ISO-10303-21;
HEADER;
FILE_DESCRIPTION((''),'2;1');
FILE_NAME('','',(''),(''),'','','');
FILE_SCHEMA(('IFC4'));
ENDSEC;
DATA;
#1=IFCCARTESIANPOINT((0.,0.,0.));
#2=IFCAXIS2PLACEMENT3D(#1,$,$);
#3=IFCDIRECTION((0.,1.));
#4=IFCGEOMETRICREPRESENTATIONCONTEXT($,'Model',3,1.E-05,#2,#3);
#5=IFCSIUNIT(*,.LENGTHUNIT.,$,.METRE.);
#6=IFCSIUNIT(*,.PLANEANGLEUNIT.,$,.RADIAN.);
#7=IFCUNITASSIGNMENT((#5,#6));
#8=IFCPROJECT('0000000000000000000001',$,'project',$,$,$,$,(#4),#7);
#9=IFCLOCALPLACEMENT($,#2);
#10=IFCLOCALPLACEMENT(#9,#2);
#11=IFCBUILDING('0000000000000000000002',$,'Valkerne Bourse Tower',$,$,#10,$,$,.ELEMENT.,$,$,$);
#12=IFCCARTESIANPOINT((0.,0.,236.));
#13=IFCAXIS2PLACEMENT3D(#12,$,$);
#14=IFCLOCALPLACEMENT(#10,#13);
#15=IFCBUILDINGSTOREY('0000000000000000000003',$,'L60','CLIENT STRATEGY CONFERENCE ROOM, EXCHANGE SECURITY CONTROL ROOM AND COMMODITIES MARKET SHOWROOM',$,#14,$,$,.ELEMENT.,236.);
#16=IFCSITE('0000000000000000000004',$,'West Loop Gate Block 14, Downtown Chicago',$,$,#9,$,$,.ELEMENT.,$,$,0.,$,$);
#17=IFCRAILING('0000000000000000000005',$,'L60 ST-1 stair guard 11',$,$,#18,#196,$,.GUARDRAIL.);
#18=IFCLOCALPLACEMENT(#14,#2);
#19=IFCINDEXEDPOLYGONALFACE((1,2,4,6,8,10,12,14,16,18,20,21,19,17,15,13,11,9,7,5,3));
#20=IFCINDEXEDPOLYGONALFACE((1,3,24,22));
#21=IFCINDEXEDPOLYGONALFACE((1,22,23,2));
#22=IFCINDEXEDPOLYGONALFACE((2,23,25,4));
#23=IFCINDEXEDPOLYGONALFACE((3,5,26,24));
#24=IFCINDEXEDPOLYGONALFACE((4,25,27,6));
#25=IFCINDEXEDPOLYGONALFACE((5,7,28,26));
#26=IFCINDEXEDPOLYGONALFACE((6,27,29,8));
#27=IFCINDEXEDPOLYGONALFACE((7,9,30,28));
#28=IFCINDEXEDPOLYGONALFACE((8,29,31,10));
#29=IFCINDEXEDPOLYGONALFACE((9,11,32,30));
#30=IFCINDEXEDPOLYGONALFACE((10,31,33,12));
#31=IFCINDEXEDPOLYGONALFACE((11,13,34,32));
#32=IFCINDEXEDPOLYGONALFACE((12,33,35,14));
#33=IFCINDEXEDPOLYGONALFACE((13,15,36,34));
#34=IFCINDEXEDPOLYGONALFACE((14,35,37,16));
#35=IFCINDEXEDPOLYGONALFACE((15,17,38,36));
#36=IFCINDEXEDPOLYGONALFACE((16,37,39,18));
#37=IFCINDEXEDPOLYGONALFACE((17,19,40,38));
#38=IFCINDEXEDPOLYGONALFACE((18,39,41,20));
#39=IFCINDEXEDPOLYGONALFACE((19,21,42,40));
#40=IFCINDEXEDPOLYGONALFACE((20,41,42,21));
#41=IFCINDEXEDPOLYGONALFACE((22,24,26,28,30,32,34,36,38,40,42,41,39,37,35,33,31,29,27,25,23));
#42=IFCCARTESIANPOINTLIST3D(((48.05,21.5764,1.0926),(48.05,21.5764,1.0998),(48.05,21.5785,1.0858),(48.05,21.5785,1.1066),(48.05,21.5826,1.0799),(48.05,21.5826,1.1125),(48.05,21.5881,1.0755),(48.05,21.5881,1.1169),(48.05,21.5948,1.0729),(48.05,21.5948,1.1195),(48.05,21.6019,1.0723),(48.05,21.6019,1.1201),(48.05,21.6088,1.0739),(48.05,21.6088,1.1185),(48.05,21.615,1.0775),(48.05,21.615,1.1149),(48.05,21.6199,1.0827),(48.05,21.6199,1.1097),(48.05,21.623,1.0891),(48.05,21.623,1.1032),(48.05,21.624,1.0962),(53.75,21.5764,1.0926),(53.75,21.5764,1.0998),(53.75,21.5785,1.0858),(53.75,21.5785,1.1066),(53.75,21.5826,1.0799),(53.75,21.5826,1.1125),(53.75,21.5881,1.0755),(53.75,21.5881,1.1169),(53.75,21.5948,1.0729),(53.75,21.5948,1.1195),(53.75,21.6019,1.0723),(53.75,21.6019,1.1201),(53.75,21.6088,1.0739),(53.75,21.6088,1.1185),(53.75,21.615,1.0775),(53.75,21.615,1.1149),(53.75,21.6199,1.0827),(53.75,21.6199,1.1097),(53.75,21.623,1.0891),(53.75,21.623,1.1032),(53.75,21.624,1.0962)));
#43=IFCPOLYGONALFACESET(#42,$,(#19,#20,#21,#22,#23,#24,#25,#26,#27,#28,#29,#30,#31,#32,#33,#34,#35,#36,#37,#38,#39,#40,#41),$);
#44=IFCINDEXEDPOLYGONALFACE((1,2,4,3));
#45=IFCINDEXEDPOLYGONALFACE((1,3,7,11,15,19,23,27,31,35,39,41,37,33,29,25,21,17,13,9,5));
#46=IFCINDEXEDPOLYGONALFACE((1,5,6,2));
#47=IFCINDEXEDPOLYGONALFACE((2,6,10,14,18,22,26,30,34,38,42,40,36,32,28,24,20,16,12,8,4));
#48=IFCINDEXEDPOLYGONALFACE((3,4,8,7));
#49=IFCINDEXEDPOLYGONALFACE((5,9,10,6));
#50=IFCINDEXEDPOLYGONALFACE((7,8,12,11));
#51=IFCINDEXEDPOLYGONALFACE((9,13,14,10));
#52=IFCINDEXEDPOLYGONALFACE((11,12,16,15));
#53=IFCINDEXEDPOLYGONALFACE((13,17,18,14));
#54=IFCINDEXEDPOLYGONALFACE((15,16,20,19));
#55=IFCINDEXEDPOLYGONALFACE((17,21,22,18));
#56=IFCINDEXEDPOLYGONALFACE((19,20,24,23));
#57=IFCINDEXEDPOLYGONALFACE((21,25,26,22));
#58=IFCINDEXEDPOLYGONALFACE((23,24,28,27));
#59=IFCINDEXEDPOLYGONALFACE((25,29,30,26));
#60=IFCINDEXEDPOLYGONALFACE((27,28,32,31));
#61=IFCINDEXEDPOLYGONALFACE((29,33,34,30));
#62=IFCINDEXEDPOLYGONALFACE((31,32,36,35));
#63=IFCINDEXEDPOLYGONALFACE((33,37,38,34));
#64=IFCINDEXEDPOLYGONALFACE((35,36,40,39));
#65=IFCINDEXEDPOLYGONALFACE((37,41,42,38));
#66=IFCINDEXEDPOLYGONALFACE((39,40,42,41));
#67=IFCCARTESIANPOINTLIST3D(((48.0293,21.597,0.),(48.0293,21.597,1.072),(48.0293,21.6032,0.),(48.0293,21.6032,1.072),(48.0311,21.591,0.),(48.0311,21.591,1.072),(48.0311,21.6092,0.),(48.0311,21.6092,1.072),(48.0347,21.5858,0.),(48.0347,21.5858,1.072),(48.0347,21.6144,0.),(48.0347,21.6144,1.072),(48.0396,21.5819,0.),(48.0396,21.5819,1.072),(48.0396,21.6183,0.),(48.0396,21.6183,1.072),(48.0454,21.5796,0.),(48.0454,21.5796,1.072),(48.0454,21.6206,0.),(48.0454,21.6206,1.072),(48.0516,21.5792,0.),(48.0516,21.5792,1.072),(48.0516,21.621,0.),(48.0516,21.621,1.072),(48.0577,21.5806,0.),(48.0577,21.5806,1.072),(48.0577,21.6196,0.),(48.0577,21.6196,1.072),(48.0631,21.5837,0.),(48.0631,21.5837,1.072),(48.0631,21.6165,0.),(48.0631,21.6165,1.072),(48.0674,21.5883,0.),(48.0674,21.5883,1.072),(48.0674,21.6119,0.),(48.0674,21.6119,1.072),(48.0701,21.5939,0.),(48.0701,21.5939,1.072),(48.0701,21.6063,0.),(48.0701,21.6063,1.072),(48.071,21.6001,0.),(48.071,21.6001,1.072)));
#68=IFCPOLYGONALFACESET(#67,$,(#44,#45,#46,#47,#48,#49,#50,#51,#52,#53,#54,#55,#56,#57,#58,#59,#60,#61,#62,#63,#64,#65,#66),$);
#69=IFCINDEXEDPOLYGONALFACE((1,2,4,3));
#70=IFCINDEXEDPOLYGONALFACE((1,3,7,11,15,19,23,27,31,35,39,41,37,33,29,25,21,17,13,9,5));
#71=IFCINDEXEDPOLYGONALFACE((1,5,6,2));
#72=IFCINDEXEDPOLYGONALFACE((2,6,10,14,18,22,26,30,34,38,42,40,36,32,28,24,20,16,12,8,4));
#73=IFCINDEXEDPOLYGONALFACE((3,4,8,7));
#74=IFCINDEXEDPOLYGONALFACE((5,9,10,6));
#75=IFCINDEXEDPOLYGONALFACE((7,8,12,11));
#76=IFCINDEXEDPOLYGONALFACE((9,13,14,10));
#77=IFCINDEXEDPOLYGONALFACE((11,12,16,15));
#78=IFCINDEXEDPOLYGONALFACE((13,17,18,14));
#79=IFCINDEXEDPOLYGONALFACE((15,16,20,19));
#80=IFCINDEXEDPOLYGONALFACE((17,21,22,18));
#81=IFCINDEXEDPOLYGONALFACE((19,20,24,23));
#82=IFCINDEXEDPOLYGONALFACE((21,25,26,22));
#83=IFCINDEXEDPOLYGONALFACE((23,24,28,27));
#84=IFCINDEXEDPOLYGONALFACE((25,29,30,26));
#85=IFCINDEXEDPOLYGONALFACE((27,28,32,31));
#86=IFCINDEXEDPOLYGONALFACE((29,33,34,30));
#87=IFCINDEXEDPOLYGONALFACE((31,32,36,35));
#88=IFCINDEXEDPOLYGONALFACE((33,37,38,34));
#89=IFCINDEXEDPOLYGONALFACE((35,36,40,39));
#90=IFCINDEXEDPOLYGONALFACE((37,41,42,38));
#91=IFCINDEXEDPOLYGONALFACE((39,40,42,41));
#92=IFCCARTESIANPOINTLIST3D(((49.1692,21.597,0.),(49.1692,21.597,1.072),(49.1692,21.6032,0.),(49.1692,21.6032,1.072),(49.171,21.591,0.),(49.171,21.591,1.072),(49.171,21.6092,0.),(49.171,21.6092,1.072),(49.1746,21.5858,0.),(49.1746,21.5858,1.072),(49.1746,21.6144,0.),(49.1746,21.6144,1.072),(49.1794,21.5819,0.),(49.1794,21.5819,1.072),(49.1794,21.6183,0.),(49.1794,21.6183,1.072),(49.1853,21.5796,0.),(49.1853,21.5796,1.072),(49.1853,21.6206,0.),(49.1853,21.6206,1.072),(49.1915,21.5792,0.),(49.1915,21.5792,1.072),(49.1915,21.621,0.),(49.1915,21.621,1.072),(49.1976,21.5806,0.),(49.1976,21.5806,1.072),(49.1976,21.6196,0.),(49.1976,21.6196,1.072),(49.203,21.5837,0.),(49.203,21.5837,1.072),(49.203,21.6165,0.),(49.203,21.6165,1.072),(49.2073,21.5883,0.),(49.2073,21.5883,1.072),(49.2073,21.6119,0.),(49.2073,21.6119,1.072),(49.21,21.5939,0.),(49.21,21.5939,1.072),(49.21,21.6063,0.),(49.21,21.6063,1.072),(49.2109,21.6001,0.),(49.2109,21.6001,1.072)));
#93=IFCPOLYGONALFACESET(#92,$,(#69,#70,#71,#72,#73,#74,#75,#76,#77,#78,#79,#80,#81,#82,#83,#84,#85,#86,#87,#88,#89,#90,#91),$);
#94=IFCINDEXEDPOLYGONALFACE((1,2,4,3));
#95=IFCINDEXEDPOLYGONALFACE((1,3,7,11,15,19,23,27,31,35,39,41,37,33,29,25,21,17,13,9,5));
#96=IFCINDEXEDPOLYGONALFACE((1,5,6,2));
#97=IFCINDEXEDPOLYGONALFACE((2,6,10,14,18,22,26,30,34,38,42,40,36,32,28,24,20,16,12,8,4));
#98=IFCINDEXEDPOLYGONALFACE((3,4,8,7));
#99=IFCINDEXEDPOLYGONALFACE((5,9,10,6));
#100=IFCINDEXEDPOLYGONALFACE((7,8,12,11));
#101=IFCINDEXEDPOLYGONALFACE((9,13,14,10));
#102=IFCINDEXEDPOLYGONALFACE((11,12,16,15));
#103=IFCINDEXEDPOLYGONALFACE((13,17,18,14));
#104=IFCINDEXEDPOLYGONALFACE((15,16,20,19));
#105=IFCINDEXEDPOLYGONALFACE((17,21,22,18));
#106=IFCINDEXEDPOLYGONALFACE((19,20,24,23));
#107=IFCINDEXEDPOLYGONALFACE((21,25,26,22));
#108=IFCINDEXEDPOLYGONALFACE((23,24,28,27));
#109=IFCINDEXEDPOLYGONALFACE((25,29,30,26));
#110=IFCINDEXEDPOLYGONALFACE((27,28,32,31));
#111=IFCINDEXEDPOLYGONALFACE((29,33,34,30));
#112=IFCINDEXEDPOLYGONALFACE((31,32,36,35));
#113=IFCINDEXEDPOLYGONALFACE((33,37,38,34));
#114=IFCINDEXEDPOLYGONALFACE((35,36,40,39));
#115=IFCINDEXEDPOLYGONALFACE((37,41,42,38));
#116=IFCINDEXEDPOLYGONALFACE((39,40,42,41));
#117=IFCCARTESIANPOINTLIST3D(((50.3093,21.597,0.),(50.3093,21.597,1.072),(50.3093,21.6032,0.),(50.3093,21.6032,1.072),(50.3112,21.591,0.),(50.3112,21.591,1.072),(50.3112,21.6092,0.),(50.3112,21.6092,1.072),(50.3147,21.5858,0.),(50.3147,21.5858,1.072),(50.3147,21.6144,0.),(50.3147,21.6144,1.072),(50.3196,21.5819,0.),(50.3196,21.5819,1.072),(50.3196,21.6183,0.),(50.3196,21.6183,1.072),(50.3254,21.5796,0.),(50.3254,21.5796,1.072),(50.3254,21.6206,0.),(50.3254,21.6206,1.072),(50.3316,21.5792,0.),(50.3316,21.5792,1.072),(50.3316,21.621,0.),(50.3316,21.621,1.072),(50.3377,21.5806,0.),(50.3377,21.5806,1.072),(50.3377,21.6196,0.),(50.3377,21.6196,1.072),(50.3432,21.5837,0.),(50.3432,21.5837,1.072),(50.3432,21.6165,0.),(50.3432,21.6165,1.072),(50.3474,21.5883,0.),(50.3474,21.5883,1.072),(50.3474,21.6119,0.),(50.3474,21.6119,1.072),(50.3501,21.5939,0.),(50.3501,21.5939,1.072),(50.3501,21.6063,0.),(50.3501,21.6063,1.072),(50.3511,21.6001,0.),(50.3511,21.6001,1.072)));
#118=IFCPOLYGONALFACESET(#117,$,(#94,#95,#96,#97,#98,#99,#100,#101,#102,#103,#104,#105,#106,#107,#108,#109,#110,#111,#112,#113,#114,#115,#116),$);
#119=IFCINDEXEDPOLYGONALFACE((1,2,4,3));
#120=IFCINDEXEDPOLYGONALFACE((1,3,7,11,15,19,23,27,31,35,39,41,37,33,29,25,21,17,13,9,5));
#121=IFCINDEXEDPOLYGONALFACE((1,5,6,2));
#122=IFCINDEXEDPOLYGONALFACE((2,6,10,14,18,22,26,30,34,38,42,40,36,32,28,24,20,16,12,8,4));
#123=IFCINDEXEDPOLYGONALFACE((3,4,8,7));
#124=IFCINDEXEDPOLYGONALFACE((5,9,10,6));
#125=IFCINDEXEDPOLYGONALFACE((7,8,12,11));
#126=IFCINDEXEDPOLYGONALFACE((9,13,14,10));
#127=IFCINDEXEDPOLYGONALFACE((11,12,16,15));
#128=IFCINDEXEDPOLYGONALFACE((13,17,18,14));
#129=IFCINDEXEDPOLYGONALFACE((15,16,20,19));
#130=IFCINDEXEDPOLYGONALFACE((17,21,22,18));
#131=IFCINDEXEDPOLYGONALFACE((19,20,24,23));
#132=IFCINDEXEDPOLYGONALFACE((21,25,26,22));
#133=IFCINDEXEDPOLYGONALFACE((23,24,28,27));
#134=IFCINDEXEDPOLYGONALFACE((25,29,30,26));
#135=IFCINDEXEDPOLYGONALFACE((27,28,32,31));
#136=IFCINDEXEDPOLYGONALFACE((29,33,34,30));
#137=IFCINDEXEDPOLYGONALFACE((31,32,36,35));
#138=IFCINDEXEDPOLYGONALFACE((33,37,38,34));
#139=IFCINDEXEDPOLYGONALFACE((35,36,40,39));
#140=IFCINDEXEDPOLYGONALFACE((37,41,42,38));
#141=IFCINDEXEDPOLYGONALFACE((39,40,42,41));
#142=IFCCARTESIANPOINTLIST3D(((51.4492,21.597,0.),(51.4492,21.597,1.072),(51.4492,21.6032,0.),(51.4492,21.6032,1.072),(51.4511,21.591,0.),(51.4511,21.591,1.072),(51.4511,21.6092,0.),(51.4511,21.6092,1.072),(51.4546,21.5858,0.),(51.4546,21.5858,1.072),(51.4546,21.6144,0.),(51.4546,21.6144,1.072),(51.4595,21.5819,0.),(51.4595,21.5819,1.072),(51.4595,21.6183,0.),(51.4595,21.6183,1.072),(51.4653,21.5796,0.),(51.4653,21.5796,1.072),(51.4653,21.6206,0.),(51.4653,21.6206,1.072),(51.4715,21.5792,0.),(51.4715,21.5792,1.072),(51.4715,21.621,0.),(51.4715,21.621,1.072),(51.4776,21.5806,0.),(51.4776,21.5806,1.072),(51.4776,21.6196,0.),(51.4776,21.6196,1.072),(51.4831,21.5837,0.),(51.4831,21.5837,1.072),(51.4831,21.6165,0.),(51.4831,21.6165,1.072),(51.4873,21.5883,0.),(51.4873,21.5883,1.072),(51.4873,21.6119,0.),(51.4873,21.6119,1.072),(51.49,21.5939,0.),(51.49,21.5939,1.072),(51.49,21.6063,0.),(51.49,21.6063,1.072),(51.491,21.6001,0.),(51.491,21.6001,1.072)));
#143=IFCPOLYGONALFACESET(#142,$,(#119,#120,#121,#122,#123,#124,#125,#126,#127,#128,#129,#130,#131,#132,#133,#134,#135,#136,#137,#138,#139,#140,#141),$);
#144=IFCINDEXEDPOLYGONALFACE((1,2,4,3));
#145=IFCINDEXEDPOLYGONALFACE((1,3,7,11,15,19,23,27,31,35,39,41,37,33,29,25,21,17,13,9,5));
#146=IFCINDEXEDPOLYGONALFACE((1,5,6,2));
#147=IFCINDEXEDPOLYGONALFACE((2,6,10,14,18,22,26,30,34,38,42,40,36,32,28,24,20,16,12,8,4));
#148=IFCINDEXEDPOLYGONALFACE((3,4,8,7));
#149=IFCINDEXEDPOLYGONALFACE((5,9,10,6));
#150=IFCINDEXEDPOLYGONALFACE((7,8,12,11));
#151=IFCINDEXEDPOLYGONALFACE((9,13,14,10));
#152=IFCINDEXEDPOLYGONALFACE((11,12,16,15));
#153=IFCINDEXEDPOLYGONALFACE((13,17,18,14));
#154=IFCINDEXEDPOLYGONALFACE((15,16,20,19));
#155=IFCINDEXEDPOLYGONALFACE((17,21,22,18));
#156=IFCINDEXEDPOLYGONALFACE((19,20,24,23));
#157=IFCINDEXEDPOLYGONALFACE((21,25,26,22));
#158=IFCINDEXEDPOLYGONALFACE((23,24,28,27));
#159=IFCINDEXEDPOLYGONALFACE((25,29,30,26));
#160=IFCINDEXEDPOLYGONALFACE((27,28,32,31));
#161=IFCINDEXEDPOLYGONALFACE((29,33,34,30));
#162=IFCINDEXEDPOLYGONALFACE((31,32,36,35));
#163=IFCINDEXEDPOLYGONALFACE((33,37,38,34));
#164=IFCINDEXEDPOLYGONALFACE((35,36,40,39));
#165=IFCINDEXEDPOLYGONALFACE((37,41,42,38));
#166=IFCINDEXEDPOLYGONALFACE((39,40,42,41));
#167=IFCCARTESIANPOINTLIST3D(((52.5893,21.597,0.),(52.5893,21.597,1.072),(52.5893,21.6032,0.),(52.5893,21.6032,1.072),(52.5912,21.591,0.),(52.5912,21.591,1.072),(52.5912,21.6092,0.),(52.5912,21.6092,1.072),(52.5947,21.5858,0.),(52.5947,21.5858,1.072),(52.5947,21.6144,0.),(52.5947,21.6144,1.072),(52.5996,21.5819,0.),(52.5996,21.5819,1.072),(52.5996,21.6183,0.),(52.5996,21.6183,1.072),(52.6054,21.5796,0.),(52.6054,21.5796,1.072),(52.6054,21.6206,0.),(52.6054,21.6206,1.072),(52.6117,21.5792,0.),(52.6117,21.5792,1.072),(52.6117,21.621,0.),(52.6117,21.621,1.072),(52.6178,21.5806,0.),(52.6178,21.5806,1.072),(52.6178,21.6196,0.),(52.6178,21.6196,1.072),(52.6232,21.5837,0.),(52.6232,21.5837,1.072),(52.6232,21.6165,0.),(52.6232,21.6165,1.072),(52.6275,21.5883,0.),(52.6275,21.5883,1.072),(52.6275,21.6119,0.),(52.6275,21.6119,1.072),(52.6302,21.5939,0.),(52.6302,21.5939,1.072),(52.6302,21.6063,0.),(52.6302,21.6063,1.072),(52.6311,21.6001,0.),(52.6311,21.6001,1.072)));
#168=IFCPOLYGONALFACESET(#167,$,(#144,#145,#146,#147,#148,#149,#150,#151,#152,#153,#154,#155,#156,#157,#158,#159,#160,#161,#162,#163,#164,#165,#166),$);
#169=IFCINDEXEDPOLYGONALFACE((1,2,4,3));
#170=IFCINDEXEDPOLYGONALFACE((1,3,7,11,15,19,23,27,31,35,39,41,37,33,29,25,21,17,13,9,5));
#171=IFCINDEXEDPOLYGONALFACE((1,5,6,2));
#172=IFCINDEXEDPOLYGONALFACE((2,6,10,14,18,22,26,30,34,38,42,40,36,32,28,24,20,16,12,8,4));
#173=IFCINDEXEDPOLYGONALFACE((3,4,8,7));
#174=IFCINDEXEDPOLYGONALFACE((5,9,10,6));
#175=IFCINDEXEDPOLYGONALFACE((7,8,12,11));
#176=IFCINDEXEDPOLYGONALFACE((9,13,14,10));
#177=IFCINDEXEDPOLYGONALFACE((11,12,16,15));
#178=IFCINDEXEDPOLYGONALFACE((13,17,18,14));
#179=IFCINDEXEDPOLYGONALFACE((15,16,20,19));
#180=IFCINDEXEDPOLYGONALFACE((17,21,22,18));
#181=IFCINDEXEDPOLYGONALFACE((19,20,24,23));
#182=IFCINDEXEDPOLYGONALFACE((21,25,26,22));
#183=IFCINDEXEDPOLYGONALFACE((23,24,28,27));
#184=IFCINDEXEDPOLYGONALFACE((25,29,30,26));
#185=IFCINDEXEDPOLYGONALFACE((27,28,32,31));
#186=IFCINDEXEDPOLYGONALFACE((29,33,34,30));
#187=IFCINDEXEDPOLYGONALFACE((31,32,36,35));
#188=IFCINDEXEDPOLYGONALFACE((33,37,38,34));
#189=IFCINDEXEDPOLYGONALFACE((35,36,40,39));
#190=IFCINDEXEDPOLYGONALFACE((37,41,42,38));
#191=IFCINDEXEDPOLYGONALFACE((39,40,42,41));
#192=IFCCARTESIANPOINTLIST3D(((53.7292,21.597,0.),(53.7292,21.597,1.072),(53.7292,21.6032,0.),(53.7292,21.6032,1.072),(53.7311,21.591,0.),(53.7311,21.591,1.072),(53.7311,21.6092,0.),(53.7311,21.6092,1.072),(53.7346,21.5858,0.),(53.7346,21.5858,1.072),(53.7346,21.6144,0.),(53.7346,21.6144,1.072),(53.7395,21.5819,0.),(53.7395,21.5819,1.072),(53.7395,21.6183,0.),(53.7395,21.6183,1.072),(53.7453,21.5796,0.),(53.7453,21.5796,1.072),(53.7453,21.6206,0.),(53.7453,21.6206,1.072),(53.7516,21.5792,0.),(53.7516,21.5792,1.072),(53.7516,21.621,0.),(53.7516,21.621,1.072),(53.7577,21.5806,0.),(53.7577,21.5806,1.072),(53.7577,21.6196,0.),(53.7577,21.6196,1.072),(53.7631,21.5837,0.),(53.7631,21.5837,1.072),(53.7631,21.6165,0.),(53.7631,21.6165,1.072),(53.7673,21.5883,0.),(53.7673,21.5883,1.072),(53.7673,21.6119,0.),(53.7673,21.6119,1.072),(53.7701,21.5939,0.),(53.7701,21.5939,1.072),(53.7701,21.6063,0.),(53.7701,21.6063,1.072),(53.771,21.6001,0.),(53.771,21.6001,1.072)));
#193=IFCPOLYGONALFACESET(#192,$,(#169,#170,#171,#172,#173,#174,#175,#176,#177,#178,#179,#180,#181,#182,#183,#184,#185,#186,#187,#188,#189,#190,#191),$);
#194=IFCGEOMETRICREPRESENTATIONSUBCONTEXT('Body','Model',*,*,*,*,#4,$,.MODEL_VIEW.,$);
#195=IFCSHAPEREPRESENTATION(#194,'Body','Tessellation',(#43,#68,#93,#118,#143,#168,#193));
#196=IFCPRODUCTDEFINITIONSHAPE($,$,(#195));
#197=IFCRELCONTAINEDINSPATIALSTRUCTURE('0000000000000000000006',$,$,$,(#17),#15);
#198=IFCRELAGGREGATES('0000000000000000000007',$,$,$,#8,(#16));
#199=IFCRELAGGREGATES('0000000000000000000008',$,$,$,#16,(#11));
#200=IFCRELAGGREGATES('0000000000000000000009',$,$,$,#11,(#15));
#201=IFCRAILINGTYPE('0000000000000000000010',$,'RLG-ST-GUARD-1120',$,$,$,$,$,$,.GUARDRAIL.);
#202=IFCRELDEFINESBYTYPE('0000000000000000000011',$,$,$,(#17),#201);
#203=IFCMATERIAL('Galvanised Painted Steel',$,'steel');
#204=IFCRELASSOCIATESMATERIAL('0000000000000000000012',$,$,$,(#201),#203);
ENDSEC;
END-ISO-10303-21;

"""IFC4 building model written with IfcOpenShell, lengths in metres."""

from ifc_helpers import new_model, si_unit, direction, frame, origin, origin_2d, place, context, subcontext, project, spatial, circle, extrude, material, type_object, element, save


model = new_model("IFC4")

# Units and contexts
model_context = context("Model", 3, precision=1e-05, world=origin(), true_north=direction((0.0, 1.0)))
body_context = subcontext(model_context, "Body", "Model", "MODEL_VIEW")
ifc_project = project(units=[si_unit("LENGTHUNIT", "METRE"), si_unit("PLANEANGLEUNIT", "RADIAN")], contexts=[model_context])

# Site, building, storey
site_placement = place(None, origin())
site = spatial("IfcSite", under=ifc_project, at=site_placement, Name="West Loop Gate Block 14, Downtown Chicago", CompositionType="ELEMENT", RefElevation=0.0)
building_placement = place(site_placement, origin())
building = spatial("IfcBuilding", under=site, at=building_placement, Name="Valkerne Bourse Tower", CompositionType="ELEMENT")
storey_placement = place(building_placement, frame((0.0, 0.0, 236.0)))
storey = spatial("IfcBuildingStorey", under=building, at=storey_placement, Name="L60", Description="CLIENT STRATEGY CONFERENCE ROOM, EXCHANGE SECURITY CONTROL ROOM AND COMMODITIES MARKET SHOWROOM", CompositionType="ELEMENT", Elevation=236.0)

# Shared definitions
ifc_material_1 = material(Name="Galvanised Painted Steel", Category="steel")

# Railing
railing_type_1 = type_object("IfcRailingType", Name="RLG-ST-GUARD-1120", PredefinedType="GUARDRAIL", material=ifc_material_1)
railing_1_placement = place(storey_placement, frame((48.05, 21.6001, 0.0)))
element("IfcRailing", 1, at=railing_1_placement, inside=storey, type_object=railing_type_1, Name="L60 ST-1 stair guard 11", PredefinedType="GUARDRAIL", context=body_context, shape_type="SweptSolid", body=[
    extrude(circle(Radius=0.0239, at=origin_2d()), frame((0.0, 0.0, 1.0962), z_axis=(1.0, 0.0, 0.0), x_axis=(0.0, 1.0, 0.0)), (0.0, 0.0, 1.0), 5.7),
    extrude(circle(Radius=0.021, at=origin_2d()), origin(), (0.0, 0.0, 1.0), 1.072),
    extrude(circle(Radius=0.021, at=origin_2d()), frame((1.1399, 0.0, 0.0)), (0.0, 0.0, 1.0), 1.072),
    extrude(circle(Radius=0.021, at=origin_2d()), frame((2.28, 0.0, 0.0)), (0.0, 0.0, 1.0), 1.072),
    extrude(circle(Radius=0.021, at=origin_2d()), frame((3.4199, 0.0, 0.0)), (0.0, 0.0, 1.0), 1.072),
    extrude(circle(Radius=0.021, at=origin_2d()), frame((4.5601, 0.0, 0.0)), (0.0, 0.0, 1.0), 1.072),
    extrude(circle(Radius=0.021, at=origin_2d()), frame((5.7, 0.0, 0.0)), (0.0, 0.0, 1.0), 1.072),
])

save(model, "model.ifc")
